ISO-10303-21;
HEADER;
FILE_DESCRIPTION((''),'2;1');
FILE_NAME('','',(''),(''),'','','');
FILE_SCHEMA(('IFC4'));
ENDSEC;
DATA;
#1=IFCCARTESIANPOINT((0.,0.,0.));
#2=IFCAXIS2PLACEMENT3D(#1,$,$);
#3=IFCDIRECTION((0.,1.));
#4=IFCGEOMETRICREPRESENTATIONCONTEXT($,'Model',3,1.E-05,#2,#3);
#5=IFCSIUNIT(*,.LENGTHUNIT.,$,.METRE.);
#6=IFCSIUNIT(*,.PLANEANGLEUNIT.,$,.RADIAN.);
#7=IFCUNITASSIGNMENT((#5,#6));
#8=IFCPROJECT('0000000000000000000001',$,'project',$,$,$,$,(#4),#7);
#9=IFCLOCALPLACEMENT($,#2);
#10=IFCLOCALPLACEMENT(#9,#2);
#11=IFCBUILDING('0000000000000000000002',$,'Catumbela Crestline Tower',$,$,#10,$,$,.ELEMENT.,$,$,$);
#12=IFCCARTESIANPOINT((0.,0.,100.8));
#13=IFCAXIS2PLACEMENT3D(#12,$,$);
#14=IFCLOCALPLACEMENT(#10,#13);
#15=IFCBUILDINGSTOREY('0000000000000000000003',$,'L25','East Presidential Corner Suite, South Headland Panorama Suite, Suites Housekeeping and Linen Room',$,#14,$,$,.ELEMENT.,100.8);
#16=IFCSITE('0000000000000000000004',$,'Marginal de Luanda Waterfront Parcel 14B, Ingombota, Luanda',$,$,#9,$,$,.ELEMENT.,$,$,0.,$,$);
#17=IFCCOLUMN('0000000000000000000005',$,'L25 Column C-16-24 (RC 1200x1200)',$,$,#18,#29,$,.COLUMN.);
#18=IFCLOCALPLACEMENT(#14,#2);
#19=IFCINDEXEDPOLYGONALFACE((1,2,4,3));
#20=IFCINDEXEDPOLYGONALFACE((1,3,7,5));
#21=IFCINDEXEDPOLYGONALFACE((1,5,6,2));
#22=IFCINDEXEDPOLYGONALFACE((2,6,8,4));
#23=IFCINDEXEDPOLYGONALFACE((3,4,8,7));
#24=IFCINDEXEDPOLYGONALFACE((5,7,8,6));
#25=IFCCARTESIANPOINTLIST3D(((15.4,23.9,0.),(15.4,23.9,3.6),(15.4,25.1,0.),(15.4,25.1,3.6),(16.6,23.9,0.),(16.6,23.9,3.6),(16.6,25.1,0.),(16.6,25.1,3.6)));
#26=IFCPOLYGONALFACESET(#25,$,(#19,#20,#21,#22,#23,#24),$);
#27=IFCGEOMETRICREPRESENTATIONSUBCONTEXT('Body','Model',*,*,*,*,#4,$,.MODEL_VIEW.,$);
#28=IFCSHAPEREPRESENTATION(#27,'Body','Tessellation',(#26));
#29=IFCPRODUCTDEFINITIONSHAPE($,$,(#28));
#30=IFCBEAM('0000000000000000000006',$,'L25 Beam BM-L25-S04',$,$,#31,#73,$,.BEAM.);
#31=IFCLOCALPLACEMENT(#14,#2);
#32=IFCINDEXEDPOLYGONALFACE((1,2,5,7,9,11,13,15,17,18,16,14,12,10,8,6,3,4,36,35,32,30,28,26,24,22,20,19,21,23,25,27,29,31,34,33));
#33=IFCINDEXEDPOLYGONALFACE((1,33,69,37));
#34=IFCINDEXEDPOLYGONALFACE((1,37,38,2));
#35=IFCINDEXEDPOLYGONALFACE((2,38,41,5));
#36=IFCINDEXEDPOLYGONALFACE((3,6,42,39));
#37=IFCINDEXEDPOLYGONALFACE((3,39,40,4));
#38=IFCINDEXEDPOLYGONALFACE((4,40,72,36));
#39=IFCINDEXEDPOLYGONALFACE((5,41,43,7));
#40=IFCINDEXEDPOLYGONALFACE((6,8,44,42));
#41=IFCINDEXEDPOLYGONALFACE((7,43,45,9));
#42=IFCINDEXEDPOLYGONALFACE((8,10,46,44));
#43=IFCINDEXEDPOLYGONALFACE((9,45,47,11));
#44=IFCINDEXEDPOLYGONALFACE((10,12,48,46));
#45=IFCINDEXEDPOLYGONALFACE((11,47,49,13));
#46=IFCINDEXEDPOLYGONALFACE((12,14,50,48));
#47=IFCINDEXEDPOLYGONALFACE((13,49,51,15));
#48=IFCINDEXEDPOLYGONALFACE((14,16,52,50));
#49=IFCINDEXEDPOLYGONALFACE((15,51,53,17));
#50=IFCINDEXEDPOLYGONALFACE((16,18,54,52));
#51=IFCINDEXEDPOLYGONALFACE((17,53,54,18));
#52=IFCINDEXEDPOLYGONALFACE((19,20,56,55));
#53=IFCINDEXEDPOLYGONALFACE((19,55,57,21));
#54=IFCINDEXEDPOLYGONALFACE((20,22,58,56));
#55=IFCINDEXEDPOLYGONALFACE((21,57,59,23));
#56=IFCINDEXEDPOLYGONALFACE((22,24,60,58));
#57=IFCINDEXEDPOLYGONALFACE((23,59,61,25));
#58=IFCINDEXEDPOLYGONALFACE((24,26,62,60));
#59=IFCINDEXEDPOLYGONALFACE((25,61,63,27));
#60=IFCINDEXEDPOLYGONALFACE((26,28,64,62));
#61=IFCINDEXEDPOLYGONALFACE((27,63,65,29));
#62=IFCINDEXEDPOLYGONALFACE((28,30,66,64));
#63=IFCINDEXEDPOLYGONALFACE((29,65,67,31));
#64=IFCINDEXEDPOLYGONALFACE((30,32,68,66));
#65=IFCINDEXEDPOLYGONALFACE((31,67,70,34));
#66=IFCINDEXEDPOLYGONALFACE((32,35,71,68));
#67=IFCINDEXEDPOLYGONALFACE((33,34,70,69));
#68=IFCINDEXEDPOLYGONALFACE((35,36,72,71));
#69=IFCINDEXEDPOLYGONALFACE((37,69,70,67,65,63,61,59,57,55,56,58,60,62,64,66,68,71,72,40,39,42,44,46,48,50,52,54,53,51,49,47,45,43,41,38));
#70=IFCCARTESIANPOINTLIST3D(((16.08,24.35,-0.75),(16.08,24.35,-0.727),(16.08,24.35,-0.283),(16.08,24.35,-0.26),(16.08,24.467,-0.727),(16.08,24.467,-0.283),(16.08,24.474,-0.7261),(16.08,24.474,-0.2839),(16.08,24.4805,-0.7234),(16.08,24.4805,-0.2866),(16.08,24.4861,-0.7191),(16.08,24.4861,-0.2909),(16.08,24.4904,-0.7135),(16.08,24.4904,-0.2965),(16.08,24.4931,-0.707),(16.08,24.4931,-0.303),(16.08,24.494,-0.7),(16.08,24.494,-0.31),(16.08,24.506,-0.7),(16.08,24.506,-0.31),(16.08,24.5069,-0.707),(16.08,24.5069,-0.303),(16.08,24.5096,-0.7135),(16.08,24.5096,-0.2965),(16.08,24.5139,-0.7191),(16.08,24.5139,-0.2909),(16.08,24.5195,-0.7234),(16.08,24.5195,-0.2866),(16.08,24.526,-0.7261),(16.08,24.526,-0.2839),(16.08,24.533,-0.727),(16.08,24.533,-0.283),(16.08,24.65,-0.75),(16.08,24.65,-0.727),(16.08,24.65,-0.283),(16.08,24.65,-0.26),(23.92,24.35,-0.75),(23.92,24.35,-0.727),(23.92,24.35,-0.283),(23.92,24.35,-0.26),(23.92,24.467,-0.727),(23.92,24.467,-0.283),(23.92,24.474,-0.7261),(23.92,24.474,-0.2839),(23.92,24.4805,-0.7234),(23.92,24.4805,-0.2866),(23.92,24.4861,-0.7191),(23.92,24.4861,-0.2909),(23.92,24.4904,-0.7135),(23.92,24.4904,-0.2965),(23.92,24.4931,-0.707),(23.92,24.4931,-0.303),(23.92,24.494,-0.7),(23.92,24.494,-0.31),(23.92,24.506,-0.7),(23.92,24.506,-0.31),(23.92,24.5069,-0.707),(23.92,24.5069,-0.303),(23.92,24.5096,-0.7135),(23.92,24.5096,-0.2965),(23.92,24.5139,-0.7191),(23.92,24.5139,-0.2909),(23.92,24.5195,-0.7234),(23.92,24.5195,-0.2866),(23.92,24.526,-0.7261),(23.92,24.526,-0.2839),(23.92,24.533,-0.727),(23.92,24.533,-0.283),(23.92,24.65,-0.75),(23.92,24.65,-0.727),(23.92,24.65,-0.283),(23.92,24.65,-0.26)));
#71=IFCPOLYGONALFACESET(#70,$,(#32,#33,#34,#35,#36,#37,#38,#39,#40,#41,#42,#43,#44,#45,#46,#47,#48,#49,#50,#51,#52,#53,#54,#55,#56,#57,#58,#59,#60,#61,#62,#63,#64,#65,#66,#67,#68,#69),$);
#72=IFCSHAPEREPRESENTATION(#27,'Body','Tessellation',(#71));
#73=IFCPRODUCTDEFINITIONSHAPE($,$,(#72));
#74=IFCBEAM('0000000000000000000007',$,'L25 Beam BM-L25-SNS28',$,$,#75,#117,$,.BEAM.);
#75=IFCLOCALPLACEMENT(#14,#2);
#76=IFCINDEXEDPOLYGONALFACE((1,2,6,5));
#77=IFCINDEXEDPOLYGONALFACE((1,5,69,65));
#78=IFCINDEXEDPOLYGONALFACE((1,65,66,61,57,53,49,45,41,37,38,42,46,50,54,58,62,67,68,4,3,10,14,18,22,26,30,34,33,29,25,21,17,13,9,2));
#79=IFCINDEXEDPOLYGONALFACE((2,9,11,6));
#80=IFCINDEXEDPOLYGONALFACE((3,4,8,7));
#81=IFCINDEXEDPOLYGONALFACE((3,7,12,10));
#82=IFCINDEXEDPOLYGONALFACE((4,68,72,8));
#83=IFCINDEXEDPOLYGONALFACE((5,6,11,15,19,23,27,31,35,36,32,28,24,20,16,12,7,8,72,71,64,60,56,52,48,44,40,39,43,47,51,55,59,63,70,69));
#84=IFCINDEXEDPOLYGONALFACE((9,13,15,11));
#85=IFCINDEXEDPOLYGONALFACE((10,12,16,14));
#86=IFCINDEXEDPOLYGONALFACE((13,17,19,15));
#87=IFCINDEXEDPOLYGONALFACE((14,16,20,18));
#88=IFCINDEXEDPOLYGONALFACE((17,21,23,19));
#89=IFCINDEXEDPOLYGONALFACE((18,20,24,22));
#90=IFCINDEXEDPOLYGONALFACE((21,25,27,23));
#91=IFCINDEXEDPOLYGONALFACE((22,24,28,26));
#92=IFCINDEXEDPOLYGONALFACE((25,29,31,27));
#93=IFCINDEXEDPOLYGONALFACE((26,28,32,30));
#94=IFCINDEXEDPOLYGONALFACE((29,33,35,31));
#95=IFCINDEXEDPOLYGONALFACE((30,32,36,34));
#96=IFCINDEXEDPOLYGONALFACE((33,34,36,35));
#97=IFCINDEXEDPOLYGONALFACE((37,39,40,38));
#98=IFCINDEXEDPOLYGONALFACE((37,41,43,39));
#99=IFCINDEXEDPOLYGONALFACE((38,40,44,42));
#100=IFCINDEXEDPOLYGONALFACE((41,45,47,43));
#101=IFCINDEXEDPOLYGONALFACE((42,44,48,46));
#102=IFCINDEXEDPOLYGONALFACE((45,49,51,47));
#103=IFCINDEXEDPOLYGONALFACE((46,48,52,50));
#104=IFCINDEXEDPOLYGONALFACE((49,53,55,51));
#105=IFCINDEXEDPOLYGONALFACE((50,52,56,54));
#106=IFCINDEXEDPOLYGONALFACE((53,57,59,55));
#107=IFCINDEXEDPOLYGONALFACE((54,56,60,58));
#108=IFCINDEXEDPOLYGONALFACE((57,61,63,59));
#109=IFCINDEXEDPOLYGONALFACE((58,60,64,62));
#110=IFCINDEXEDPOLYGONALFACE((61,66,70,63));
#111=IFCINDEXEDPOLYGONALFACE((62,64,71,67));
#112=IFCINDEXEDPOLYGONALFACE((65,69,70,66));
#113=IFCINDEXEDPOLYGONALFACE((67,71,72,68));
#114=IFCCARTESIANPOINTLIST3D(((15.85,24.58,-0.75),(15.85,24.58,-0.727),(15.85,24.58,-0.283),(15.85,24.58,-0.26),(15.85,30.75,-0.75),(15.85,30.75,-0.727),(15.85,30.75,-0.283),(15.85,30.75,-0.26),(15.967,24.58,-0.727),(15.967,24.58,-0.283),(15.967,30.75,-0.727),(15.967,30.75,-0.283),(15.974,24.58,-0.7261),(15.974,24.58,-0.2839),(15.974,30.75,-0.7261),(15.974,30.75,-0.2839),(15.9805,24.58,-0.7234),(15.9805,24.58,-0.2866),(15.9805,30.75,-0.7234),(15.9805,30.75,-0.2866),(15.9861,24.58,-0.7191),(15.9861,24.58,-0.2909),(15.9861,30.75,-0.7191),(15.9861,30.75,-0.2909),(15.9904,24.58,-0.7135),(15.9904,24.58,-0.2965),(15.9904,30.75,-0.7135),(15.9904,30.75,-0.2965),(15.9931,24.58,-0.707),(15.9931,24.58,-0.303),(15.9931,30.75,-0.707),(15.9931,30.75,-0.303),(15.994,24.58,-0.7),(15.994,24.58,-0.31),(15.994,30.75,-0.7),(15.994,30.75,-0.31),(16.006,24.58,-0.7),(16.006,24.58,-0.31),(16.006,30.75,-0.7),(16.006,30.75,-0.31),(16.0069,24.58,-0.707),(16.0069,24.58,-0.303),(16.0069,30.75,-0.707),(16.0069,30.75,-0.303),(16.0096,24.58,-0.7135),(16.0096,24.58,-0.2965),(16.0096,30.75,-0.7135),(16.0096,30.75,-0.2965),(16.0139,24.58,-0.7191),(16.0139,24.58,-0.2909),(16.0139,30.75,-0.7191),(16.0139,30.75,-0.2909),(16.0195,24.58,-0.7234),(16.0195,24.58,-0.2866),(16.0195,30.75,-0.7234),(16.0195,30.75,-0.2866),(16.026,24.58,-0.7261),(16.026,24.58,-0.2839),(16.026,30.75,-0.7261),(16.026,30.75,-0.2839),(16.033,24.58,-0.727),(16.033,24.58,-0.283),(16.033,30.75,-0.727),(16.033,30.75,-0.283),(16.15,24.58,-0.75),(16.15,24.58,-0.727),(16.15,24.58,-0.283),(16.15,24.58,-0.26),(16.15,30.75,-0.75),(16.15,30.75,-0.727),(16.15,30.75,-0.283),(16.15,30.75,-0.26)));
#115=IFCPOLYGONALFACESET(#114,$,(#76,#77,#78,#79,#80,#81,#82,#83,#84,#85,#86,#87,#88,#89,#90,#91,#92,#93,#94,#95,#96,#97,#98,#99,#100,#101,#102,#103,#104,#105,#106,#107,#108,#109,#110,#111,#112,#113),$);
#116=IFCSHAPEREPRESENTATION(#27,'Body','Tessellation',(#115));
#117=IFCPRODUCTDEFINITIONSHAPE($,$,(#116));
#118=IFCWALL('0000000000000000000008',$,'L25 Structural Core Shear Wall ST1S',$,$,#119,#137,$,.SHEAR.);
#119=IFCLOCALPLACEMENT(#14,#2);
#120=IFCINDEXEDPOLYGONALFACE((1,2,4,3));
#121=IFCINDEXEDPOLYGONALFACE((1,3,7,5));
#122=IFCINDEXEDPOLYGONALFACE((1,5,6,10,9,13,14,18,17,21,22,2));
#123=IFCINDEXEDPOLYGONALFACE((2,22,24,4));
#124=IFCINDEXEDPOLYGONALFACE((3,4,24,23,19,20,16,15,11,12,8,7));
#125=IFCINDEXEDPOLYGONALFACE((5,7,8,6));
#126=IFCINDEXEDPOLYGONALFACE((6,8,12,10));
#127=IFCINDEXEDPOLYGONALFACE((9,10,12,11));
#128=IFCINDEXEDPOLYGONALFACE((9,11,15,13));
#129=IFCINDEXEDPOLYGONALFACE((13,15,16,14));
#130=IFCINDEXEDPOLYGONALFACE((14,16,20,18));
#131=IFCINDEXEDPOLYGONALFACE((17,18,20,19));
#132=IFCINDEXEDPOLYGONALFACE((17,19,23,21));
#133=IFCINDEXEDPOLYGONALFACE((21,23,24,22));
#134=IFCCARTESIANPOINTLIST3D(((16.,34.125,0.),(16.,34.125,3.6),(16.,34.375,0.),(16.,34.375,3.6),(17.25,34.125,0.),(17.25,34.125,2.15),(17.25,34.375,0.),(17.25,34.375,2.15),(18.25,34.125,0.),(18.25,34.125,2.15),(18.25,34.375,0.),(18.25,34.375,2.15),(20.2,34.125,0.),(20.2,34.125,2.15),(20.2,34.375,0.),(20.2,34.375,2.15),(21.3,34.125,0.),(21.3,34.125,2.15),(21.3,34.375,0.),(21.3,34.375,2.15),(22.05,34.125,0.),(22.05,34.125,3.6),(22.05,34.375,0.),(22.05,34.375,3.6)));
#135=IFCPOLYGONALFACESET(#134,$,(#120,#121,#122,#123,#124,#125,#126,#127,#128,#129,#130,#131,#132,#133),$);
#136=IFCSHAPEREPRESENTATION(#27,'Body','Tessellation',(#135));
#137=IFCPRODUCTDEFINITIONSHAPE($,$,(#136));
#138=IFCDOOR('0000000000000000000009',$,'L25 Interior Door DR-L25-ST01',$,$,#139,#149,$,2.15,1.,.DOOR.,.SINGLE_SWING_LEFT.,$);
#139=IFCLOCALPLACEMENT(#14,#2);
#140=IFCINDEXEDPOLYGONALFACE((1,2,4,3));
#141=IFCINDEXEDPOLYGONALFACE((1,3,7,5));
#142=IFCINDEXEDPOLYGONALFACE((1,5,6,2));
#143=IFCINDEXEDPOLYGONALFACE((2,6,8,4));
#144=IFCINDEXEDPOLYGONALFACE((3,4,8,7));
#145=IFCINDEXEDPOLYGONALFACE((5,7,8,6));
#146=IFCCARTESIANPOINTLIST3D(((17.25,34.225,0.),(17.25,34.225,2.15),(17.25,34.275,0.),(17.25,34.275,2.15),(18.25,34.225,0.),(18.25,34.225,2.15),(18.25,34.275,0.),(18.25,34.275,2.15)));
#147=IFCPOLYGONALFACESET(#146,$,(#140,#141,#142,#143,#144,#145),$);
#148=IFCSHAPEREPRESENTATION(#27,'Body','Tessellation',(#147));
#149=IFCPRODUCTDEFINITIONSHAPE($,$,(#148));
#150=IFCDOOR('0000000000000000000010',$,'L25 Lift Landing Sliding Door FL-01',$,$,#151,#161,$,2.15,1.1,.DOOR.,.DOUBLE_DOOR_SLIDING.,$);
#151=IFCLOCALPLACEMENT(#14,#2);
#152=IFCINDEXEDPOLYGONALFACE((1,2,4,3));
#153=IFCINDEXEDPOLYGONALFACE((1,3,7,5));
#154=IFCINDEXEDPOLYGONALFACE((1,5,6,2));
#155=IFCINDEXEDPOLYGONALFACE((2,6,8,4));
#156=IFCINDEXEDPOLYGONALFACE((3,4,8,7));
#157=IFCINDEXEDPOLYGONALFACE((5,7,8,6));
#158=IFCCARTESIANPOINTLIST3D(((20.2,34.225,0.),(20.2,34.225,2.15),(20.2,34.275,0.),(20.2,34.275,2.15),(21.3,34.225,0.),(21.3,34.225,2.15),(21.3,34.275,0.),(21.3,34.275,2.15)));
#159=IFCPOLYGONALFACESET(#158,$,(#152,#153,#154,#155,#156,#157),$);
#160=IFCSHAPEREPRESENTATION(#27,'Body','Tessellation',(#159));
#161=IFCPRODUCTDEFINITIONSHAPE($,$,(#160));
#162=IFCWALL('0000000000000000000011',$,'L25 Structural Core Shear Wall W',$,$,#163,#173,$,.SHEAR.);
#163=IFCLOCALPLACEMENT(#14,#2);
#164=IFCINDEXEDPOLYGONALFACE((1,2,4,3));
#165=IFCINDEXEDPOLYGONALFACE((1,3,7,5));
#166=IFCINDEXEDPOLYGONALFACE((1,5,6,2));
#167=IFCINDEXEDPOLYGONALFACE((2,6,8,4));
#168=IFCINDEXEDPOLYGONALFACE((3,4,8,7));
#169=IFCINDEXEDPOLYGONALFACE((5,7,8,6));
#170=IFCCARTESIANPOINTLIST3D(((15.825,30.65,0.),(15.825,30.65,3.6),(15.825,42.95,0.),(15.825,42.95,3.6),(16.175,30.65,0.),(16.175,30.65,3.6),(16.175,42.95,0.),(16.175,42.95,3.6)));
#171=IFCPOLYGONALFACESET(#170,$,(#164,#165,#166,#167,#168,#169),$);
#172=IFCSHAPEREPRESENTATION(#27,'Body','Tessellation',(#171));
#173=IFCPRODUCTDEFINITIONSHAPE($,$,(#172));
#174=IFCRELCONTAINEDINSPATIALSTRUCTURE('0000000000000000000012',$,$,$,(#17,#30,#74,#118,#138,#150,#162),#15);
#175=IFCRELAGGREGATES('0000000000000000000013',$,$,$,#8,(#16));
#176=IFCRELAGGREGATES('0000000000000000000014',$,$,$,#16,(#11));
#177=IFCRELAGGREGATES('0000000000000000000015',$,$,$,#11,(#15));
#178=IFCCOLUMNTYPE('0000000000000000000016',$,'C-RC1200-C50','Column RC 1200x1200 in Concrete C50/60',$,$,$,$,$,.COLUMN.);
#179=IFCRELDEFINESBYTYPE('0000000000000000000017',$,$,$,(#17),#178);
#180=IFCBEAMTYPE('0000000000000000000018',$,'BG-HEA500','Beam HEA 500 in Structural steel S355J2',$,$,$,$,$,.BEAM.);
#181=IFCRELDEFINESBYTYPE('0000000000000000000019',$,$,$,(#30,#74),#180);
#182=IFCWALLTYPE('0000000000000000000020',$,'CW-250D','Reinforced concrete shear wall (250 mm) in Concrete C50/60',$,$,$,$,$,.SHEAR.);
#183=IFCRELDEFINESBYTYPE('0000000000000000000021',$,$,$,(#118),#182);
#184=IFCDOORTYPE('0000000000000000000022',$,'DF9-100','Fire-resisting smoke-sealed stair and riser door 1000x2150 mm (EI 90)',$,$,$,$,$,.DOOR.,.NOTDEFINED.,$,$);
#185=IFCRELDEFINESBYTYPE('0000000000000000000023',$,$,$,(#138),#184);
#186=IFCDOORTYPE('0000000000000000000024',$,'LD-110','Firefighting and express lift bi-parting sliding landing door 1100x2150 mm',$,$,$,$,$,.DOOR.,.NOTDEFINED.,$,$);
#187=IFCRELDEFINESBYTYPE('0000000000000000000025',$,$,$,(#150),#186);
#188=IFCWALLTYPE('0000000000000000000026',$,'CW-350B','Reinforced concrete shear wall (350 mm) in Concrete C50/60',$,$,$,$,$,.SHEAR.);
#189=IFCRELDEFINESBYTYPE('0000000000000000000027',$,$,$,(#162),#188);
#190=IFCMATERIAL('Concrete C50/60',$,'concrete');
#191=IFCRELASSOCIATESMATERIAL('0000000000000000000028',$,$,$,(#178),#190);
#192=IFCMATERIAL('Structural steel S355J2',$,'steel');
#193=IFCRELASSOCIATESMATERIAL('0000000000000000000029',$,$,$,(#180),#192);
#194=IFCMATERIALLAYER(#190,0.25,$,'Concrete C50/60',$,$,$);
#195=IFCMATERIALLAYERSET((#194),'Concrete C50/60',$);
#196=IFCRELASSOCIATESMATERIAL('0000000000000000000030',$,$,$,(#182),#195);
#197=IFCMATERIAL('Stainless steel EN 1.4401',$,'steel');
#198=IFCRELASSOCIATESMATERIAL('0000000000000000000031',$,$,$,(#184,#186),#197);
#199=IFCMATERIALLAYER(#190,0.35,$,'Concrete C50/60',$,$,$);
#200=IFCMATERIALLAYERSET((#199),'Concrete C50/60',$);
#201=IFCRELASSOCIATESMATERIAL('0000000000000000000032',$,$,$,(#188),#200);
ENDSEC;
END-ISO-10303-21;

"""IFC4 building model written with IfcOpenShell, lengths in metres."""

from ifc_helpers import new_model, si_unit, direction, frame, frame_2d, origin, origin_2d, place, context, subcontext, project, spatial, rectangle, i_section, extrude, material, layer, layer_set, material_profile, profile_set, type_object, element, fill, save


model = new_model("IFC4")

# Units and contexts
model_context = context("Model", 3, precision=1e-05, world=origin(), true_north=direction((0.0, 1.0)))
body_context = subcontext(model_context, "Body", "Model", "MODEL_VIEW")
ifc_project = project(units=[si_unit("LENGTHUNIT", "METRE"), si_unit("PLANEANGLEUNIT", "RADIAN")], contexts=[model_context])

# Site, building, storey
site_placement = place(None, origin())
site = spatial("IfcSite", under=ifc_project, at=site_placement, Name="Marginal de Luanda Waterfront Parcel 14B, Ingombota, Luanda", CompositionType="ELEMENT", RefElevation=0.0)
building_placement = place(site_placement, origin())
building = spatial("IfcBuilding", under=site, at=building_placement, Name="Catumbela Crestline Tower", CompositionType="ELEMENT")
storey_placement = place(building_placement, frame((0.0, 0.0, 100.8)))
storey = spatial("IfcBuildingStorey", under=building, at=storey_placement, Name="L25", Description="East Presidential Corner Suite, South Headland Panorama Suite, Suites Housekeeping and Linen Room", CompositionType="ELEMENT", Elevation=100.8)

# Column
ifc_material_1 = material(Name="Concrete C50/60", Category="concrete")
ifc_material_profile_1 = material_profile(ifc_material_1, rectangle(XDim=1.2, YDim=1.2, at=origin_2d()), Name="RC 1200x1200")
ifc_profile_set_1 = profile_set([ifc_material_profile_1], Name="Concrete C50/60")
column_type = type_object("IfcColumnType", Name="C-RC1200-C50", Description="Column RC 1200x1200 in Concrete C50/60", PredefinedType="COLUMN", material=ifc_profile_set_1)
column_placement = place(storey_placement, frame((16.0, 24.5, 0.0), z_axis=(0.0, 0.0, 1.0), x_axis=(1.0, 0.0, 0.0)))
element("IfcColumn", 1, at=column_placement, inside=storey, type_object=column_type, Name="L25 Column C-16-24 (RC 1200x1200)", PredefinedType="COLUMN", context=body_context, shape_type="SweptSolid", body=[
    extrude(rectangle(XDim=1.2, YDim=1.2, at=origin_2d()), origin(), (0.0, 0.0, 1.0), 3.6),
])

# Beams
ifc_material_2 = material(Name="Structural steel S355J2", Category="steel")
ifc_material_profile_2 = material_profile(ifc_material_2, i_section(OverallWidth=0.3, OverallDepth=0.49, WebThickness=0.012, FlangeThickness=0.023, FilletRadius=0.027, at=origin_2d()), Name="HEA 500")
ifc_profile_set_2 = profile_set([ifc_material_profile_2], Name="Structural steel S355J2")
beam_type = type_object("IfcBeamType", Name="BG-HEA500", Description="Beam HEA 500 in Structural steel S355J2", PredefinedType="BEAM", material=ifc_profile_set_2)
beam_1_placement = place(storey_placement, frame((16.08, 24.5, -0.505), z_axis=(1.0, 0.0, 0.0), x_axis=(0.0, 1.0, 0.0)))
element("IfcBeam", 2, at=beam_1_placement, inside=storey, type_object=beam_type, Name="L25 Beam BM-L25-S04", PredefinedType="BEAM", context=body_context, shape_type="SweptSolid", body=[
    extrude(i_section(OverallWidth=0.3, OverallDepth=0.49, WebThickness=0.012, FlangeThickness=0.023, FilletRadius=0.027, at=origin_2d()), origin(), (0.0, 0.0, 1.0), 7.84),
])
beam_2_placement = place(storey_placement, frame((16.0, 24.58, -0.505), z_axis=(0.0, 1.0, 0.0), x_axis=(-1.0, 0.0, 0.0)))
element("IfcBeam", 3, at=beam_2_placement, inside=storey, type_object=beam_type, Name="L25 Beam BM-L25-SNS28", PredefinedType="BEAM", context=body_context, shape_type="SweptSolid", body=[
    extrude(i_section(OverallWidth=0.3, OverallDepth=0.49, WebThickness=0.012, FlangeThickness=0.023, FilletRadius=0.027, at=origin_2d()), origin(), (0.0, 0.0, 1.0), 6.17),
])

# Wall, openings, doors
ifc_layer_1 = layer(ifc_material_1, 0.25, Name="Concrete C50/60")
ifc_layer_set_1 = layer_set([ifc_layer_1], Name="Concrete C50/60")
wall_type_1 = type_object("IfcWallType", Name="CW-250D", Description="Reinforced concrete shear wall (250 mm) in Concrete C50/60", PredefinedType="SHEAR", material=ifc_layer_set_1)
wall_1_placement = place(storey_placement, frame((16.0, 34.25, 0.0), z_axis=(0.0, 0.0, 1.0), x_axis=(1.0, 0.0, 0.0)))
wall_1 = element("IfcWall", 4, at=wall_1_placement, inside=storey, type_object=wall_type_1, Name="L25 Structural Core Shear Wall ST1S", PredefinedType="SHEAR", context=body_context, shape_type="SweptSolid", body=[
    extrude(rectangle(XDim=6.05, YDim=0.25, at=frame_2d((3.025, 0.0))), origin(), (0.0, 0.0, 1.0), 3.6),
])
opening_1_placement = place(wall_1_placement, frame((1.25, 0.0, 0.0)))
opening_1 = element("IfcOpeningElement", 5, at=opening_1_placement, cuts=wall_1, PredefinedType="OPENING", context=body_context, shape_type="SweptSolid", body=[
    extrude(rectangle(XDim=1.0, YDim=2.15, at=frame_2d((0.5, 1.075))), frame((0.0, 0.135, 0.0), z_axis=(0.0, -1.0, 0.0), x_axis=(1.0, 0.0, 0.0)), (0.0, 0.0, 1.0), 0.27),
])
opening_2_placement = place(wall_1_placement, frame((4.2, 0.0, 0.0)))
opening_2 = element("IfcOpeningElement", 6, at=opening_2_placement, cuts=wall_1, PredefinedType="OPENING", context=body_context, shape_type="SweptSolid", body=[
    extrude(rectangle(XDim=1.1, YDim=2.15, at=frame_2d((0.55, 1.075))), frame((0.0, 0.135, 0.0), z_axis=(0.0, -1.0, 0.0), x_axis=(1.0, 0.0, 0.0)), (0.0, 0.0, 1.0), 0.27),
])
ifc_material_3 = material(Name="Stainless steel EN 1.4401", Category="steel")
door_type_1 = type_object("IfcDoorType", Name="DF9-100", Description="Fire-resisting smoke-sealed stair and riser door 1000x2150 mm (EI 90)", OperationType="NOTDEFINED", PredefinedType="DOOR", material=ifc_material_3)
door_1_placement = place(opening_1_placement, origin())
door_1 = element("IfcDoor", 7, at=door_1_placement, inside=storey, type_object=door_type_1, Name="L25 Interior Door DR-L25-ST01", OperationType="SINGLE_SWING_LEFT", OverallHeight=2.15, OverallWidth=1.0, PredefinedType="DOOR", context=body_context, shape_type="SweptSolid", body=[
    extrude(rectangle(XDim=1.0, YDim=2.15, at=frame_2d((0.5, 1.075))), frame((0.0, 0.025, 0.0), z_axis=(0.0, -1.0, 0.0), x_axis=(1.0, 0.0, 0.0)), (0.0, 0.0, 1.0), 0.05),
])
fill(opening_1, door_1)
door_type_2 = type_object("IfcDoorType", Name="LD-110", Description="Firefighting and express lift bi-parting sliding landing door 1100x2150 mm", OperationType="NOTDEFINED", PredefinedType="DOOR", material=ifc_material_3)
door_2_placement = place(opening_2_placement, origin())
door_2 = element("IfcDoor", 8, at=door_2_placement, inside=storey, type_object=door_type_2, Name="L25 Lift Landing Sliding Door FL-01", OperationType="DOUBLE_DOOR_SLIDING", OverallHeight=2.15, OverallWidth=1.1, PredefinedType="DOOR", context=body_context, shape_type="SweptSolid", body=[
    extrude(rectangle(XDim=1.1, YDim=2.15, at=frame_2d((0.55, 1.075))), frame((0.0, 0.025, 0.0), z_axis=(0.0, -1.0, 0.0), x_axis=(1.0, 0.0, 0.0)), (0.0, 0.0, 1.0), 0.05),
])
fill(opening_2, door_2)

# Wall
ifc_layer_2 = layer(ifc_material_1, 0.35, Name="Concrete C50/60")
ifc_layer_set_2 = layer_set([ifc_layer_2], Name="Concrete C50/60")
wall_type_2 = type_object("IfcWallType", Name="CW-350B", Description="Reinforced concrete shear wall (350 mm) in Concrete C50/60", PredefinedType="SHEAR", material=ifc_layer_set_2)
wall_2_placement = place(storey_placement, frame((16.0, 30.65, 0.0), z_axis=(0.0, 0.0, 1.0), x_axis=(0.0, 1.0, 0.0)))
element("IfcWall", 9, at=wall_2_placement, inside=storey, type_object=wall_type_2, Name="L25 Structural Core Shear Wall W", PredefinedType="SHEAR", context=body_context, shape_type="SweptSolid", body=[
    extrude(rectangle(XDim=12.3, YDim=0.35, at=frame_2d((6.15, 0.0))), origin(), (0.0, 0.0, 1.0), 3.6),
])

save(model, "model.ifc")
